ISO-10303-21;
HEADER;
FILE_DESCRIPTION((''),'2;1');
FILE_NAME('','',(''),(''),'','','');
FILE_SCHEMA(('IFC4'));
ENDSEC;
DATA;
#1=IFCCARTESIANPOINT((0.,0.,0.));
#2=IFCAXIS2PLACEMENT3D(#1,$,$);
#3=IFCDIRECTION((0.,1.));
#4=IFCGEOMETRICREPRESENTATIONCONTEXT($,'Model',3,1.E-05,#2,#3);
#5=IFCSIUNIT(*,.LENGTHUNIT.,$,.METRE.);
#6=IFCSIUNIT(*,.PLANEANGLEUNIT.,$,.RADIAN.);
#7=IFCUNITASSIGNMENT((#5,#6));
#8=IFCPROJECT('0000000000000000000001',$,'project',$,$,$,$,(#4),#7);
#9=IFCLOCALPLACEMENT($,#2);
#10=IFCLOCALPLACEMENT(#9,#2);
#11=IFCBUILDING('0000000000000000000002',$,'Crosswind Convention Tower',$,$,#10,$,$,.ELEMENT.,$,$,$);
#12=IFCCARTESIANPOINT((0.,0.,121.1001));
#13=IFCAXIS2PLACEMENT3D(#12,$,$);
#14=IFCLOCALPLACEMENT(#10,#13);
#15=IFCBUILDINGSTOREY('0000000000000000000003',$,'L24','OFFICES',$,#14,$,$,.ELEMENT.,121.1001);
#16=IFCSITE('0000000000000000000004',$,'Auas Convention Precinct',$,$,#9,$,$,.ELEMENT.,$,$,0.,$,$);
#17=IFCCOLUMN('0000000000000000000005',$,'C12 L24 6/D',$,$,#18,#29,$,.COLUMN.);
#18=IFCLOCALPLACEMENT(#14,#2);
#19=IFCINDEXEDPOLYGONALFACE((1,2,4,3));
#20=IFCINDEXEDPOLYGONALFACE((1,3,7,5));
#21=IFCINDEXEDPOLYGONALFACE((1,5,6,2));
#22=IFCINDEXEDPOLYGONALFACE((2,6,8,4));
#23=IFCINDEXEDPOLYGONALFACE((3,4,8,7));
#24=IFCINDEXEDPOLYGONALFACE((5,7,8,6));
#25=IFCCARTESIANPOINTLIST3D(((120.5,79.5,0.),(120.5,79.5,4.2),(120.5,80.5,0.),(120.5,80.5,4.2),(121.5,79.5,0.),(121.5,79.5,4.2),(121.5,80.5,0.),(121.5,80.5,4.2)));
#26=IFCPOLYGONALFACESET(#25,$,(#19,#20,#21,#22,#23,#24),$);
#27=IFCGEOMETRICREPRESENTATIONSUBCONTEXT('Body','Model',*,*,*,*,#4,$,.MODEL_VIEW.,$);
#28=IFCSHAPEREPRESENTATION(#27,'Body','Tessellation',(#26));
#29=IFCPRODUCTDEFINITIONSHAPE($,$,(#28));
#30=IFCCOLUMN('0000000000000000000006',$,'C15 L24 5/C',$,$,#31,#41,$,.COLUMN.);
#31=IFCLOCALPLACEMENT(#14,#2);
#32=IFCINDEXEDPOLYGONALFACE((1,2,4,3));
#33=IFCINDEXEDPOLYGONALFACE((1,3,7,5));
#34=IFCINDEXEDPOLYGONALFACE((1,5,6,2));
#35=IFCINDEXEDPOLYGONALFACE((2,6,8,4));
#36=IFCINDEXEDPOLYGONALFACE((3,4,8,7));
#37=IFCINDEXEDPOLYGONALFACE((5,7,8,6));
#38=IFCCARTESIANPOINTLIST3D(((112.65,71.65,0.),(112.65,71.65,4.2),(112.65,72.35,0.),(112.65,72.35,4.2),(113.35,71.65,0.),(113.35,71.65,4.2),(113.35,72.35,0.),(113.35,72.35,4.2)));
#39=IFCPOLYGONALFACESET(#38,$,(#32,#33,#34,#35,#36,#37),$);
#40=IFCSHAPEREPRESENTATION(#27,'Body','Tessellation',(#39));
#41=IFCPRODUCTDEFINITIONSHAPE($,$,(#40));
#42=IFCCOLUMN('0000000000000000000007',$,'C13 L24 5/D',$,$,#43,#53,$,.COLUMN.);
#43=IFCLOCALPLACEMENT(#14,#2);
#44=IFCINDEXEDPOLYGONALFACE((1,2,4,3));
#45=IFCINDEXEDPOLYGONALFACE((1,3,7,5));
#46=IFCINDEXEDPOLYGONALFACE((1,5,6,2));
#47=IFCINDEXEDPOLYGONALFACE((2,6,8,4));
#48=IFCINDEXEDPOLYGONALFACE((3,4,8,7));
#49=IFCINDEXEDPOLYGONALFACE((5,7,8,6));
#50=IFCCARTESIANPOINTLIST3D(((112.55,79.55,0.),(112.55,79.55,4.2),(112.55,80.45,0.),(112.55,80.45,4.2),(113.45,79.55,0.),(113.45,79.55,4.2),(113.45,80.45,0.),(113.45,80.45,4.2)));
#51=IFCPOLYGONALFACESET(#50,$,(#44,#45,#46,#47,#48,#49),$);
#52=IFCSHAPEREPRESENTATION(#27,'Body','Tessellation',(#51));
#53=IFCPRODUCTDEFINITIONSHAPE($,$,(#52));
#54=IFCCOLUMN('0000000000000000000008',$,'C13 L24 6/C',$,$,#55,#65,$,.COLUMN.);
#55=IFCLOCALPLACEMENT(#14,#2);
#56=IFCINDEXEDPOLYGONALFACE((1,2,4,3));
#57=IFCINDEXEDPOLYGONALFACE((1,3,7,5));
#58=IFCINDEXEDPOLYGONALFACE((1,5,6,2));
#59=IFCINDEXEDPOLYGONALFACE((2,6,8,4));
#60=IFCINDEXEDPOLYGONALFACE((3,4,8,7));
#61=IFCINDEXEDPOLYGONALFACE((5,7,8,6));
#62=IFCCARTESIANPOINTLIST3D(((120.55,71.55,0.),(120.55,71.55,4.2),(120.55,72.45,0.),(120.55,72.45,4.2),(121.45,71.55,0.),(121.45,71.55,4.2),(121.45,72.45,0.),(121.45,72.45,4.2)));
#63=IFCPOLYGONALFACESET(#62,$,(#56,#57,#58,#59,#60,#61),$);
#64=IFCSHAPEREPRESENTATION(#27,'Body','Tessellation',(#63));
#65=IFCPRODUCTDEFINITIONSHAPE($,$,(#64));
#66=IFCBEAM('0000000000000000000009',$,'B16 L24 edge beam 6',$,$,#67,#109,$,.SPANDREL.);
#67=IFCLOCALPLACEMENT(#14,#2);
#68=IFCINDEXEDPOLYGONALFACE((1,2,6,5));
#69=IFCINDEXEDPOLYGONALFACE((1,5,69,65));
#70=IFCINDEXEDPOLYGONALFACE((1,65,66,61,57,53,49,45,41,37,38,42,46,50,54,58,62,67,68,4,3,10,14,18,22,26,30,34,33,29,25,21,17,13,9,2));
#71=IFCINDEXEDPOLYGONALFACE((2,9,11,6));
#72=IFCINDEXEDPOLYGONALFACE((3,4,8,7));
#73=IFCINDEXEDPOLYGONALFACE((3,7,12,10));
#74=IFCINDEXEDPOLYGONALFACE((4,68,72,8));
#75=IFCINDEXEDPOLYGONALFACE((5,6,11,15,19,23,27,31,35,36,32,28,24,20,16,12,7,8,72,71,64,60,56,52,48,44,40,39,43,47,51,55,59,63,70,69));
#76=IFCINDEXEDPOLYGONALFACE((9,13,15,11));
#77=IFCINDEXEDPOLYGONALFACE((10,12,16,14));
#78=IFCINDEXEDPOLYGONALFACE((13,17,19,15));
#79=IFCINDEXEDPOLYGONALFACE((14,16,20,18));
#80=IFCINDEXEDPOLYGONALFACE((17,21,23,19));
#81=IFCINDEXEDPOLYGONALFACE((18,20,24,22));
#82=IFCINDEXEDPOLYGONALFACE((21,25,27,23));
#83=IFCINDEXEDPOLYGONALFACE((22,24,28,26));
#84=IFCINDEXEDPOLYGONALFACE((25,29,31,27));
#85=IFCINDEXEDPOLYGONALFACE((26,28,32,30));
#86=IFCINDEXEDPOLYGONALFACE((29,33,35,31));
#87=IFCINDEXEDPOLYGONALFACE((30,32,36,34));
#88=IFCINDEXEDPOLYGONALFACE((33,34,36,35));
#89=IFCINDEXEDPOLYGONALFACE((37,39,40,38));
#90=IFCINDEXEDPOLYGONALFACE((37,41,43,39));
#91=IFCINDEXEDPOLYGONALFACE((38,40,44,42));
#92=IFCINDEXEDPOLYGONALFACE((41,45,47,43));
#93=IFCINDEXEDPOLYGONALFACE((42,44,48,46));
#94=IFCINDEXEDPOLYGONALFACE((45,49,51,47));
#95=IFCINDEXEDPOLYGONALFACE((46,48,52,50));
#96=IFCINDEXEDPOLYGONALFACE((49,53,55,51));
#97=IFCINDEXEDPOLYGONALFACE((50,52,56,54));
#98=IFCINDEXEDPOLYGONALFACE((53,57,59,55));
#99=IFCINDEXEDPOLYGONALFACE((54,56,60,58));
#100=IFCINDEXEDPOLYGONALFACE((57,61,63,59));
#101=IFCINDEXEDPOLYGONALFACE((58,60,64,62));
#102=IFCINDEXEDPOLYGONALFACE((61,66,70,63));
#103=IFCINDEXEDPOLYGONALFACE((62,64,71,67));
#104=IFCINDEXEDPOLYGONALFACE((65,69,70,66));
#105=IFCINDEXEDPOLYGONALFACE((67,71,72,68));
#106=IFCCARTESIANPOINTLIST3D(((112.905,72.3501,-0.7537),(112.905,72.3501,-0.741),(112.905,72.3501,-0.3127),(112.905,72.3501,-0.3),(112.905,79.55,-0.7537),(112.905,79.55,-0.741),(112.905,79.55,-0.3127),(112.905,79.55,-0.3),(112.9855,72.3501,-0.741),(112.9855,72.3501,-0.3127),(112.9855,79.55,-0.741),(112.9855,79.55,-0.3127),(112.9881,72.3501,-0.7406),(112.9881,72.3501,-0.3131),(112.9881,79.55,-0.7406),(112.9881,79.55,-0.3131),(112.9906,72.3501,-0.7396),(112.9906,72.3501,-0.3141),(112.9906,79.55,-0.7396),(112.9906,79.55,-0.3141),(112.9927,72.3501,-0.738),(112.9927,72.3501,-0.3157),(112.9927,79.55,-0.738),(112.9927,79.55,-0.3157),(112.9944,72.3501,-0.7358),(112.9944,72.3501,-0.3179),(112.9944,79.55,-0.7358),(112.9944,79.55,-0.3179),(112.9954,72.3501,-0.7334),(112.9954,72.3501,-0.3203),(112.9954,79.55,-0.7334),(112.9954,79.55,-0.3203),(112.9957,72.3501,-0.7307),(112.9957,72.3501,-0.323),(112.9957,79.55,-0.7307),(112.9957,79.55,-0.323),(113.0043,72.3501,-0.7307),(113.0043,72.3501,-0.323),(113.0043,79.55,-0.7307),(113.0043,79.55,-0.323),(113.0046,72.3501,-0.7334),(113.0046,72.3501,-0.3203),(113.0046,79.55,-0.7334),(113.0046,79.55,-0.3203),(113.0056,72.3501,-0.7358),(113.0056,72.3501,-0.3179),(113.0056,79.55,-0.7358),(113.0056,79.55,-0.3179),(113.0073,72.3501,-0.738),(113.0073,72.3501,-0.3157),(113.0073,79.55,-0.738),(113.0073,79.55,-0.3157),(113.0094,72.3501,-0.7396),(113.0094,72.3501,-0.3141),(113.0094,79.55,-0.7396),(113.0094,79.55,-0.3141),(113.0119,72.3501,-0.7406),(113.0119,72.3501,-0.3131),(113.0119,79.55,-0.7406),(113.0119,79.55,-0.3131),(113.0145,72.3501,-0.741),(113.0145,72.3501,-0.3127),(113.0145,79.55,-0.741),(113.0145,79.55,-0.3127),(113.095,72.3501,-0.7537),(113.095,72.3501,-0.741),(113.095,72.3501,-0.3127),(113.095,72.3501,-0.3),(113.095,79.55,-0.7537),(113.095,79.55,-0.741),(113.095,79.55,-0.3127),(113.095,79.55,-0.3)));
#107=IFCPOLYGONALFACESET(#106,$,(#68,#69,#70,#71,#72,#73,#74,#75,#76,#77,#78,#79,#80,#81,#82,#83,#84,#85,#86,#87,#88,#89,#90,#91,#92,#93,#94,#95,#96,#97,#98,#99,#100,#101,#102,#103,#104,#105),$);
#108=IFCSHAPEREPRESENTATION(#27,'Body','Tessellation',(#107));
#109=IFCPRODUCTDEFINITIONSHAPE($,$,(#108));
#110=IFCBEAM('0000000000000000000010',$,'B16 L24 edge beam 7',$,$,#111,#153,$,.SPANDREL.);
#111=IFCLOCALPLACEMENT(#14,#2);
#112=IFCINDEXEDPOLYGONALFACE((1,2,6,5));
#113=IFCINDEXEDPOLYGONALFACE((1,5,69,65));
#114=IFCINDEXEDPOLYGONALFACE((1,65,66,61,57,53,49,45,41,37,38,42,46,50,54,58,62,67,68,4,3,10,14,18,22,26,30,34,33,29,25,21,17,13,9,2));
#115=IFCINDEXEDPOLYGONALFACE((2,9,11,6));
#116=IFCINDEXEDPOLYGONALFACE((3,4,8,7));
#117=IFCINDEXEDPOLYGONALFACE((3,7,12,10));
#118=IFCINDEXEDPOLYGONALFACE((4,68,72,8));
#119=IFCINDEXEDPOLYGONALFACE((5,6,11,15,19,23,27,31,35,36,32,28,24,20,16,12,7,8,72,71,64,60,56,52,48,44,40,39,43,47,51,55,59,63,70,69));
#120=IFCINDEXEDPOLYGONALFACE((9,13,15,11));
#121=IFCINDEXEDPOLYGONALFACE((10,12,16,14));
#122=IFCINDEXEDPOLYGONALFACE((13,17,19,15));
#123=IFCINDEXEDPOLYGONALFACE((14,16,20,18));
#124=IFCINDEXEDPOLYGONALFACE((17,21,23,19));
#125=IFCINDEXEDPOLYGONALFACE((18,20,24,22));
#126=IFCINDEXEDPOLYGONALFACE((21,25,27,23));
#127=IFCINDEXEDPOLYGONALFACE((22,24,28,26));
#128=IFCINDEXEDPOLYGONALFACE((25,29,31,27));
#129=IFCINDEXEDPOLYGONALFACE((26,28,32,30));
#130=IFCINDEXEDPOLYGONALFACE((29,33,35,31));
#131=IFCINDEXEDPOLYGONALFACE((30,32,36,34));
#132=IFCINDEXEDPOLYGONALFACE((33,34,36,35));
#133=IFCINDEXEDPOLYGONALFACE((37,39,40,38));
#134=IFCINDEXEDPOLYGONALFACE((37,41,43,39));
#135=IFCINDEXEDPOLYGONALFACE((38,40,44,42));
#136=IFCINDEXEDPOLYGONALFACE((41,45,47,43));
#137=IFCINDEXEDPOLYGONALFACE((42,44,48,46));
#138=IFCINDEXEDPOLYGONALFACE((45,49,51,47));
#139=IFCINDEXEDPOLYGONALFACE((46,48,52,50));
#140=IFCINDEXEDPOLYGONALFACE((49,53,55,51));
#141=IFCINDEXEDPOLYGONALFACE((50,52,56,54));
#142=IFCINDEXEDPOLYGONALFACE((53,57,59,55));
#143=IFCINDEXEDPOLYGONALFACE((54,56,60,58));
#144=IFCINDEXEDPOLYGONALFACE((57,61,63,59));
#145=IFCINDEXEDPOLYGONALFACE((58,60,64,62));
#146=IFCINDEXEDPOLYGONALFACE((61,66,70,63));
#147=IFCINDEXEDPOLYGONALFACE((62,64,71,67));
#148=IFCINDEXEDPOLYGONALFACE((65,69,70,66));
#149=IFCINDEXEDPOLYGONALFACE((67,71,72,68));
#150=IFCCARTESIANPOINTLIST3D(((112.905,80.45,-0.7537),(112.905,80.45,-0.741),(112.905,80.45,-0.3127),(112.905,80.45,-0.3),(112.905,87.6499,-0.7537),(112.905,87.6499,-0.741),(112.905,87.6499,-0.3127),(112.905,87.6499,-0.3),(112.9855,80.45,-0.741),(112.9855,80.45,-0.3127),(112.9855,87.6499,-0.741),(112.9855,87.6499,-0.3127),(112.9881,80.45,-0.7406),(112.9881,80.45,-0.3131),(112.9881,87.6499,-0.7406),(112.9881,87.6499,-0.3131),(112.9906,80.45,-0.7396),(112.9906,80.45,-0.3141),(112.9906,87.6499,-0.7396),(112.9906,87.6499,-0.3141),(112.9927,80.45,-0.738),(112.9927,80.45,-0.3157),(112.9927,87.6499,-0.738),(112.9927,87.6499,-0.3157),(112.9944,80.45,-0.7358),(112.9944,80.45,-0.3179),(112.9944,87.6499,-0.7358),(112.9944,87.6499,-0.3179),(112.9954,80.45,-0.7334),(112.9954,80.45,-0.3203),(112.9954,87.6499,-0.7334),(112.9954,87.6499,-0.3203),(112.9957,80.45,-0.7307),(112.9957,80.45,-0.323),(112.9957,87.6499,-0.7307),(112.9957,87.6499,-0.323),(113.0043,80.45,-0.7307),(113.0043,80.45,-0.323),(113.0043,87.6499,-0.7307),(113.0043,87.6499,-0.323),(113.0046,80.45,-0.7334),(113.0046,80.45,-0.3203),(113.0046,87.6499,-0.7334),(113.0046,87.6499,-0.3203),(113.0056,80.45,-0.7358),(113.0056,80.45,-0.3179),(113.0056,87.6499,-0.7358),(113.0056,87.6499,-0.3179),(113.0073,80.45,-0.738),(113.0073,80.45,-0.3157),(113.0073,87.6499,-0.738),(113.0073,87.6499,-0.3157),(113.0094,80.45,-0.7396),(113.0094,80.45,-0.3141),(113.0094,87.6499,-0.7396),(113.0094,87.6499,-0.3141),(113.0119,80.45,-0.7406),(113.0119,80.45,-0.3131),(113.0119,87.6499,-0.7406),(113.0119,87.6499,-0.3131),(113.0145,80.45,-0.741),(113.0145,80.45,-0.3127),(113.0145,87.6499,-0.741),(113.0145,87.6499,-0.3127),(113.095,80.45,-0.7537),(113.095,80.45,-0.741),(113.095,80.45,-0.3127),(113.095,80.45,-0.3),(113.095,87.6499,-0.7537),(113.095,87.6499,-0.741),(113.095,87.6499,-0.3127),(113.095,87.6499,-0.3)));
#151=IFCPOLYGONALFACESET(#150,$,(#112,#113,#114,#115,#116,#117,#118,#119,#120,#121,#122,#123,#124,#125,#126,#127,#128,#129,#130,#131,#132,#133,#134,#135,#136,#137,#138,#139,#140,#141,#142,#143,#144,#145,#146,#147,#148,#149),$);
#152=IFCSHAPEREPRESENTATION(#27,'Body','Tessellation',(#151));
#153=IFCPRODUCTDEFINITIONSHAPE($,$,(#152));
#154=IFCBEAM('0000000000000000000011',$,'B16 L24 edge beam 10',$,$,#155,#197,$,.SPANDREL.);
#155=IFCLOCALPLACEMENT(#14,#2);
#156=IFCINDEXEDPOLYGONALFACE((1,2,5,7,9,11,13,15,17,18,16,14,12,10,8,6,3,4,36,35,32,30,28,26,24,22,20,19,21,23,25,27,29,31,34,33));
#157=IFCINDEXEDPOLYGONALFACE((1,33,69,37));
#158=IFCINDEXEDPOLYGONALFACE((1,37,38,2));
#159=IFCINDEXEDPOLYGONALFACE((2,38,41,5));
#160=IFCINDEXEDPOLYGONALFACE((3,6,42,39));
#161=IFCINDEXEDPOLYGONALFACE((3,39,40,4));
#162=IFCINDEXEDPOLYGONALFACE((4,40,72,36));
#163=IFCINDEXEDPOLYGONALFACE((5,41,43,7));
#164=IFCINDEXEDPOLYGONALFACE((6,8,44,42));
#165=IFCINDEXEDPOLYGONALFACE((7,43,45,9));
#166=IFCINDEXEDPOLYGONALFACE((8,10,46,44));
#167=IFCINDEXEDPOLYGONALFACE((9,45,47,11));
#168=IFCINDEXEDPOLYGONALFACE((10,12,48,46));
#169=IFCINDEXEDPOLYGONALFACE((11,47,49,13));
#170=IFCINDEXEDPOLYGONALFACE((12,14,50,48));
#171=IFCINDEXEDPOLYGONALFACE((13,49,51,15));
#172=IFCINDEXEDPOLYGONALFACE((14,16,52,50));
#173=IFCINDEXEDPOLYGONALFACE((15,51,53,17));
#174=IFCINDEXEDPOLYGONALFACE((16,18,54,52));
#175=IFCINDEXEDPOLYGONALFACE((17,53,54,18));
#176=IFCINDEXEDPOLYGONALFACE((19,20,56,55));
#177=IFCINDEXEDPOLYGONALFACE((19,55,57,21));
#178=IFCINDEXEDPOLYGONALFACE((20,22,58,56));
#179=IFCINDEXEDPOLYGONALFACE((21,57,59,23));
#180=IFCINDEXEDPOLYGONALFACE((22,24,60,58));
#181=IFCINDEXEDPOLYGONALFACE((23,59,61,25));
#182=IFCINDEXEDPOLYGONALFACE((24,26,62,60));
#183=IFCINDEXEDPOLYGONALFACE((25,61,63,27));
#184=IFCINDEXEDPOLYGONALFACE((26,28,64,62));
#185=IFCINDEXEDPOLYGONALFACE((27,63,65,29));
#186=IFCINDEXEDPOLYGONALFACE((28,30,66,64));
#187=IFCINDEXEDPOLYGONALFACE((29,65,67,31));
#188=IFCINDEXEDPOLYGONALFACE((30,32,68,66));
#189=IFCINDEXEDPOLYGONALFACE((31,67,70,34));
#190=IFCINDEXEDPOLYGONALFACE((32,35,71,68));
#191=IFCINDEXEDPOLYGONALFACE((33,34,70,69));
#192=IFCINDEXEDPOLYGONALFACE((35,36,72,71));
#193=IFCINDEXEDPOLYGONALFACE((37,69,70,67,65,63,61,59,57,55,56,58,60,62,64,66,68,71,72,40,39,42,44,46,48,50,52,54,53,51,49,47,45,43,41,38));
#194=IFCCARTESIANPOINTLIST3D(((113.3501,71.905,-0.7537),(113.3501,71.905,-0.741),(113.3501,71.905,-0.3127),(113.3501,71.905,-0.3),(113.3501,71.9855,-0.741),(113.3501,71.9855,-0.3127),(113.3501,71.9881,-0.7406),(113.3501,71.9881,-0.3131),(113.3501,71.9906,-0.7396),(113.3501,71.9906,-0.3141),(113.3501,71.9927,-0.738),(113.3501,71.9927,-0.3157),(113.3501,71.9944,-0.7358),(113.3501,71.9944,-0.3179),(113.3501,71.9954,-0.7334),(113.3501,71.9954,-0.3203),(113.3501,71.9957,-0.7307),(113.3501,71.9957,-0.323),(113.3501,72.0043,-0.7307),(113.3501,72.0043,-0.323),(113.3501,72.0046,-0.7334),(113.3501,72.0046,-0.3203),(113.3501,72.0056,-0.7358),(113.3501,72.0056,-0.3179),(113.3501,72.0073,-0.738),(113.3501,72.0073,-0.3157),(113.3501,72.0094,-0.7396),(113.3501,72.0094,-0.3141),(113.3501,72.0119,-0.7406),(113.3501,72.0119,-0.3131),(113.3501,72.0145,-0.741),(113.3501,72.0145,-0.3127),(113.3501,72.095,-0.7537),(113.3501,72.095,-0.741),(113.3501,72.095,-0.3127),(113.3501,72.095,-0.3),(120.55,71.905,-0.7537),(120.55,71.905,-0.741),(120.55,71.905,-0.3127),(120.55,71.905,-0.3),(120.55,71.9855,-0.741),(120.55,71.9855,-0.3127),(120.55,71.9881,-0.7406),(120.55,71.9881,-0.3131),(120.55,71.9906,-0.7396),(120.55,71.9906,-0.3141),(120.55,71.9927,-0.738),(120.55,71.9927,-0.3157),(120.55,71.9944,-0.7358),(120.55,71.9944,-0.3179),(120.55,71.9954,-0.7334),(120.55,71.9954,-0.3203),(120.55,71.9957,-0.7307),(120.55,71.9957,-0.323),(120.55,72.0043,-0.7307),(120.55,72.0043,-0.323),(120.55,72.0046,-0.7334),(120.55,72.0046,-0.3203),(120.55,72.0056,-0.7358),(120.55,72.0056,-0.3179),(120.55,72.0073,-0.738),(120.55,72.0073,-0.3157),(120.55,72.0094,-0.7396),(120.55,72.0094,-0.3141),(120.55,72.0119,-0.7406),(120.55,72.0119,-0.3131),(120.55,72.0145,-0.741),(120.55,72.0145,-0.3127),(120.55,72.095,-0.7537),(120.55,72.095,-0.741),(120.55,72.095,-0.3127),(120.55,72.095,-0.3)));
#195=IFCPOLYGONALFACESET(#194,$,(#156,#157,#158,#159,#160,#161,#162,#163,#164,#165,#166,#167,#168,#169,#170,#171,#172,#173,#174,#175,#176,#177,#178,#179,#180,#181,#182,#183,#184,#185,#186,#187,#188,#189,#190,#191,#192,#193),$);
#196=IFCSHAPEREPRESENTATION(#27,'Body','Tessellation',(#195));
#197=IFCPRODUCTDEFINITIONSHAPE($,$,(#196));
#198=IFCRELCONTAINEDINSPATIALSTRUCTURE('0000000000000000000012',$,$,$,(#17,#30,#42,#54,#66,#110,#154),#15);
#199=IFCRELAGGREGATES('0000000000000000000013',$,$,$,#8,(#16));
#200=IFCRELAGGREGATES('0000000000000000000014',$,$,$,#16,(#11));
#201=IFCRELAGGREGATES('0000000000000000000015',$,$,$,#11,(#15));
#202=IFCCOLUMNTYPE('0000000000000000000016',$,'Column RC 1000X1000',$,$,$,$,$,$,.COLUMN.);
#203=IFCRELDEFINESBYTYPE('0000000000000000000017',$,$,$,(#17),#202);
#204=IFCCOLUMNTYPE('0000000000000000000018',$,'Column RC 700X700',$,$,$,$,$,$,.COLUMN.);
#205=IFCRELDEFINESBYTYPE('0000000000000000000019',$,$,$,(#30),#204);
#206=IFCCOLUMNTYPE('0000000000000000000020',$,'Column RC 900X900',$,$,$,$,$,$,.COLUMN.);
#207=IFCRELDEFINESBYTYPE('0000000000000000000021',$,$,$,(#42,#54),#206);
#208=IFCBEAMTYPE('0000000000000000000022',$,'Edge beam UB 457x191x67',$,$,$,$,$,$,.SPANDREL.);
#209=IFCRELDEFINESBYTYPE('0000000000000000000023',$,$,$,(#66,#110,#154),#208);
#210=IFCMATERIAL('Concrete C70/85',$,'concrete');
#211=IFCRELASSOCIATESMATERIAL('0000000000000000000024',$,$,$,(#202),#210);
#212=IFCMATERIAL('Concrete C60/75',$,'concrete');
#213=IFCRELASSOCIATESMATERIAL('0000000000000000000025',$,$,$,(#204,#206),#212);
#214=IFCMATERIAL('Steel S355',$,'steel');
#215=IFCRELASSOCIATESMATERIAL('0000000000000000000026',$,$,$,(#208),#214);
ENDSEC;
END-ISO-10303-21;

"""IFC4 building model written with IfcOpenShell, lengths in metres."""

from ifc_helpers import new_model, si_unit, direction, frame, origin, origin_2d, place, context, subcontext, project, spatial, rectangle, i_section, extrude, material, material_profile, profile_set, type_object, element, save


model = new_model("IFC4")

# Units and contexts
model_context = context("Model", 3, precision=1e-05, world=origin(), true_north=direction((0.0, 1.0)))
body_context = subcontext(model_context, "Body", "Model", "MODEL_VIEW")
ifc_project = project(units=[si_unit("LENGTHUNIT", "METRE"), si_unit("PLANEANGLEUNIT", "RADIAN")], contexts=[model_context])

# Site, building, storey
site_placement = place(None, origin())
site = spatial("IfcSite", under=ifc_project, at=site_placement, Name="Auas Convention Precinct", CompositionType="ELEMENT", RefElevation=0.0)
building_placement = place(site_placement, origin())
building = spatial("IfcBuilding", under=site, at=building_placement, Name="Crosswind Convention Tower", CompositionType="ELEMENT")
storey_placement = place(building_placement, frame((0.0, 0.0, 121.1001)))
storey = spatial("IfcBuildingStorey", under=building, at=storey_placement, Name="L24", Description="OFFICES", CompositionType="ELEMENT", Elevation=121.1001)

# Columns
ifc_material_1 = material(Name="Concrete C70/85", Category="concrete")
ifc_material_profile_1 = material_profile(ifc_material_1, rectangle(XDim=1.0, YDim=1.0, at=origin_2d()), Name="RC 1000X1000")
ifc_profile_set_1 = profile_set([ifc_material_profile_1], Name="Concrete C70/85")
column_type_1 = type_object("IfcColumnType", Name="Column RC 1000X1000", PredefinedType="COLUMN", material=ifc_profile_set_1)
column_1_placement = place(storey_placement, frame((121.0, 80.0, 0.0), z_axis=(0.0, 0.0, 1.0), x_axis=(1.0, 0.0, 0.0)))
element("IfcColumn", 1, at=column_1_placement, inside=storey, type_object=column_type_1, Name="C12 L24 6/D", PredefinedType="COLUMN", context=body_context, shape_type="SweptSolid", body=[
    extrude(rectangle(XDim=1.0, YDim=1.0, at=origin_2d()), origin(), (0.0, 0.0, 1.0), 4.2),
])
ifc_material_2 = material(Name="Concrete C60/75", Category="concrete")
ifc_material_profile_2 = material_profile(ifc_material_2, rectangle(XDim=0.7, YDim=0.7, at=origin_2d()), Name="RC 700X700")
ifc_profile_set_2 = profile_set([ifc_material_profile_2], Name="Concrete C60/75")
column_type_2 = type_object("IfcColumnType", Name="Column RC 700X700", PredefinedType="COLUMN", material=ifc_profile_set_2)
column_2_placement = place(storey_placement, frame((113.0, 72.0, 0.0), z_axis=(0.0, 0.0, 1.0), x_axis=(1.0, 0.0, 0.0)))
element("IfcColumn", 2, at=column_2_placement, inside=storey, type_object=column_type_2, Name="C15 L24 5/C", PredefinedType="COLUMN", context=body_context, shape_type="SweptSolid", body=[
    extrude(rectangle(XDim=0.7, YDim=0.7, at=origin_2d()), origin(), (0.0, 0.0, 1.0), 4.2),
])
ifc_material_profile_3 = material_profile(ifc_material_2, rectangle(XDim=0.8999, YDim=0.8999, at=origin_2d()), Name="RC 900X900")
ifc_profile_set_3 = profile_set([ifc_material_profile_3], Name="Concrete C60/75")
column_type_3 = type_object("IfcColumnType", Name="Column RC 900X900", PredefinedType="COLUMN", material=ifc_profile_set_3)
for number, where, z_axis, x_axis, name in (
    (3, (113.0, 80.0, 0.0), (0.0, 0.0, 1.0), (1.0, 0.0, 0.0), "C13 L24 5/D"),
    (4, (121.0, 72.0, 0.0), (0.0, 0.0, 1.0), (1.0, 0.0, 0.0), "C13 L24 6/C"),
):
    element("IfcColumn", number, at=place(storey_placement, frame(where, z_axis=z_axis, x_axis=x_axis)), inside=storey, type_object=column_type_3, Name=name, PredefinedType="COLUMN", context=body_context, shape_type="SweptSolid", body=[
        extrude(rectangle(XDim=0.8999, YDim=0.8999, at=origin_2d()), origin(), (0.0, 0.0, 1.0), 4.2),
    ])

# Beams
ifc_material_3 = material(Name="Steel S355", Category="steel")
ifc_material_profile_4 = material_profile(ifc_material_3, i_section(OverallWidth=0.1899, OverallDepth=0.4536, WebThickness=0.0085, FlangeThickness=0.0127, FilletRadius=0.0103, at=origin_2d()), Name="UB 457x191x67")
ifc_profile_set_4 = profile_set([ifc_material_profile_4], Name="Steel S355")
beam_type_1 = type_object("IfcBeamType", Name="Edge beam UB 457x191x67", PredefinedType="SPANDREL", material=ifc_profile_set_4)
for number, where, z_axis, x_axis, name in (
    (5, (113.0, 72.3501, -0.5269), (0.0, 1.0, 0.0), (-1.0, 0.0, 0.0), "B16 L24 edge beam 6"),
    (6, (113.0, 80.45, -0.5269), (0.0, 1.0, 0.0), (-1.0, 0.0, 0.0), "B16 L24 edge beam 7"),
    (7, (113.3501, 72.0, -0.5269), (1.0, 0.0, 0.0), (0.0, 1.0, 0.0), "B16 L24 edge beam 10"),
):
    element("IfcBeam", number, at=place(storey_placement, frame(where, z_axis=z_axis, x_axis=x_axis)), inside=storey, type_object=beam_type_1, Name=name, PredefinedType="SPANDREL", context=body_context, shape_type="SweptSolid", body=[
        extrude(i_section(OverallWidth=0.1899, OverallDepth=0.4536, WebThickness=0.0085, FlangeThickness=0.0127, FilletRadius=0.0103, at=origin_2d()), origin(), (0.0, 0.0, 1.0), 7.2),
    ])

save(model, "model.ifc")
